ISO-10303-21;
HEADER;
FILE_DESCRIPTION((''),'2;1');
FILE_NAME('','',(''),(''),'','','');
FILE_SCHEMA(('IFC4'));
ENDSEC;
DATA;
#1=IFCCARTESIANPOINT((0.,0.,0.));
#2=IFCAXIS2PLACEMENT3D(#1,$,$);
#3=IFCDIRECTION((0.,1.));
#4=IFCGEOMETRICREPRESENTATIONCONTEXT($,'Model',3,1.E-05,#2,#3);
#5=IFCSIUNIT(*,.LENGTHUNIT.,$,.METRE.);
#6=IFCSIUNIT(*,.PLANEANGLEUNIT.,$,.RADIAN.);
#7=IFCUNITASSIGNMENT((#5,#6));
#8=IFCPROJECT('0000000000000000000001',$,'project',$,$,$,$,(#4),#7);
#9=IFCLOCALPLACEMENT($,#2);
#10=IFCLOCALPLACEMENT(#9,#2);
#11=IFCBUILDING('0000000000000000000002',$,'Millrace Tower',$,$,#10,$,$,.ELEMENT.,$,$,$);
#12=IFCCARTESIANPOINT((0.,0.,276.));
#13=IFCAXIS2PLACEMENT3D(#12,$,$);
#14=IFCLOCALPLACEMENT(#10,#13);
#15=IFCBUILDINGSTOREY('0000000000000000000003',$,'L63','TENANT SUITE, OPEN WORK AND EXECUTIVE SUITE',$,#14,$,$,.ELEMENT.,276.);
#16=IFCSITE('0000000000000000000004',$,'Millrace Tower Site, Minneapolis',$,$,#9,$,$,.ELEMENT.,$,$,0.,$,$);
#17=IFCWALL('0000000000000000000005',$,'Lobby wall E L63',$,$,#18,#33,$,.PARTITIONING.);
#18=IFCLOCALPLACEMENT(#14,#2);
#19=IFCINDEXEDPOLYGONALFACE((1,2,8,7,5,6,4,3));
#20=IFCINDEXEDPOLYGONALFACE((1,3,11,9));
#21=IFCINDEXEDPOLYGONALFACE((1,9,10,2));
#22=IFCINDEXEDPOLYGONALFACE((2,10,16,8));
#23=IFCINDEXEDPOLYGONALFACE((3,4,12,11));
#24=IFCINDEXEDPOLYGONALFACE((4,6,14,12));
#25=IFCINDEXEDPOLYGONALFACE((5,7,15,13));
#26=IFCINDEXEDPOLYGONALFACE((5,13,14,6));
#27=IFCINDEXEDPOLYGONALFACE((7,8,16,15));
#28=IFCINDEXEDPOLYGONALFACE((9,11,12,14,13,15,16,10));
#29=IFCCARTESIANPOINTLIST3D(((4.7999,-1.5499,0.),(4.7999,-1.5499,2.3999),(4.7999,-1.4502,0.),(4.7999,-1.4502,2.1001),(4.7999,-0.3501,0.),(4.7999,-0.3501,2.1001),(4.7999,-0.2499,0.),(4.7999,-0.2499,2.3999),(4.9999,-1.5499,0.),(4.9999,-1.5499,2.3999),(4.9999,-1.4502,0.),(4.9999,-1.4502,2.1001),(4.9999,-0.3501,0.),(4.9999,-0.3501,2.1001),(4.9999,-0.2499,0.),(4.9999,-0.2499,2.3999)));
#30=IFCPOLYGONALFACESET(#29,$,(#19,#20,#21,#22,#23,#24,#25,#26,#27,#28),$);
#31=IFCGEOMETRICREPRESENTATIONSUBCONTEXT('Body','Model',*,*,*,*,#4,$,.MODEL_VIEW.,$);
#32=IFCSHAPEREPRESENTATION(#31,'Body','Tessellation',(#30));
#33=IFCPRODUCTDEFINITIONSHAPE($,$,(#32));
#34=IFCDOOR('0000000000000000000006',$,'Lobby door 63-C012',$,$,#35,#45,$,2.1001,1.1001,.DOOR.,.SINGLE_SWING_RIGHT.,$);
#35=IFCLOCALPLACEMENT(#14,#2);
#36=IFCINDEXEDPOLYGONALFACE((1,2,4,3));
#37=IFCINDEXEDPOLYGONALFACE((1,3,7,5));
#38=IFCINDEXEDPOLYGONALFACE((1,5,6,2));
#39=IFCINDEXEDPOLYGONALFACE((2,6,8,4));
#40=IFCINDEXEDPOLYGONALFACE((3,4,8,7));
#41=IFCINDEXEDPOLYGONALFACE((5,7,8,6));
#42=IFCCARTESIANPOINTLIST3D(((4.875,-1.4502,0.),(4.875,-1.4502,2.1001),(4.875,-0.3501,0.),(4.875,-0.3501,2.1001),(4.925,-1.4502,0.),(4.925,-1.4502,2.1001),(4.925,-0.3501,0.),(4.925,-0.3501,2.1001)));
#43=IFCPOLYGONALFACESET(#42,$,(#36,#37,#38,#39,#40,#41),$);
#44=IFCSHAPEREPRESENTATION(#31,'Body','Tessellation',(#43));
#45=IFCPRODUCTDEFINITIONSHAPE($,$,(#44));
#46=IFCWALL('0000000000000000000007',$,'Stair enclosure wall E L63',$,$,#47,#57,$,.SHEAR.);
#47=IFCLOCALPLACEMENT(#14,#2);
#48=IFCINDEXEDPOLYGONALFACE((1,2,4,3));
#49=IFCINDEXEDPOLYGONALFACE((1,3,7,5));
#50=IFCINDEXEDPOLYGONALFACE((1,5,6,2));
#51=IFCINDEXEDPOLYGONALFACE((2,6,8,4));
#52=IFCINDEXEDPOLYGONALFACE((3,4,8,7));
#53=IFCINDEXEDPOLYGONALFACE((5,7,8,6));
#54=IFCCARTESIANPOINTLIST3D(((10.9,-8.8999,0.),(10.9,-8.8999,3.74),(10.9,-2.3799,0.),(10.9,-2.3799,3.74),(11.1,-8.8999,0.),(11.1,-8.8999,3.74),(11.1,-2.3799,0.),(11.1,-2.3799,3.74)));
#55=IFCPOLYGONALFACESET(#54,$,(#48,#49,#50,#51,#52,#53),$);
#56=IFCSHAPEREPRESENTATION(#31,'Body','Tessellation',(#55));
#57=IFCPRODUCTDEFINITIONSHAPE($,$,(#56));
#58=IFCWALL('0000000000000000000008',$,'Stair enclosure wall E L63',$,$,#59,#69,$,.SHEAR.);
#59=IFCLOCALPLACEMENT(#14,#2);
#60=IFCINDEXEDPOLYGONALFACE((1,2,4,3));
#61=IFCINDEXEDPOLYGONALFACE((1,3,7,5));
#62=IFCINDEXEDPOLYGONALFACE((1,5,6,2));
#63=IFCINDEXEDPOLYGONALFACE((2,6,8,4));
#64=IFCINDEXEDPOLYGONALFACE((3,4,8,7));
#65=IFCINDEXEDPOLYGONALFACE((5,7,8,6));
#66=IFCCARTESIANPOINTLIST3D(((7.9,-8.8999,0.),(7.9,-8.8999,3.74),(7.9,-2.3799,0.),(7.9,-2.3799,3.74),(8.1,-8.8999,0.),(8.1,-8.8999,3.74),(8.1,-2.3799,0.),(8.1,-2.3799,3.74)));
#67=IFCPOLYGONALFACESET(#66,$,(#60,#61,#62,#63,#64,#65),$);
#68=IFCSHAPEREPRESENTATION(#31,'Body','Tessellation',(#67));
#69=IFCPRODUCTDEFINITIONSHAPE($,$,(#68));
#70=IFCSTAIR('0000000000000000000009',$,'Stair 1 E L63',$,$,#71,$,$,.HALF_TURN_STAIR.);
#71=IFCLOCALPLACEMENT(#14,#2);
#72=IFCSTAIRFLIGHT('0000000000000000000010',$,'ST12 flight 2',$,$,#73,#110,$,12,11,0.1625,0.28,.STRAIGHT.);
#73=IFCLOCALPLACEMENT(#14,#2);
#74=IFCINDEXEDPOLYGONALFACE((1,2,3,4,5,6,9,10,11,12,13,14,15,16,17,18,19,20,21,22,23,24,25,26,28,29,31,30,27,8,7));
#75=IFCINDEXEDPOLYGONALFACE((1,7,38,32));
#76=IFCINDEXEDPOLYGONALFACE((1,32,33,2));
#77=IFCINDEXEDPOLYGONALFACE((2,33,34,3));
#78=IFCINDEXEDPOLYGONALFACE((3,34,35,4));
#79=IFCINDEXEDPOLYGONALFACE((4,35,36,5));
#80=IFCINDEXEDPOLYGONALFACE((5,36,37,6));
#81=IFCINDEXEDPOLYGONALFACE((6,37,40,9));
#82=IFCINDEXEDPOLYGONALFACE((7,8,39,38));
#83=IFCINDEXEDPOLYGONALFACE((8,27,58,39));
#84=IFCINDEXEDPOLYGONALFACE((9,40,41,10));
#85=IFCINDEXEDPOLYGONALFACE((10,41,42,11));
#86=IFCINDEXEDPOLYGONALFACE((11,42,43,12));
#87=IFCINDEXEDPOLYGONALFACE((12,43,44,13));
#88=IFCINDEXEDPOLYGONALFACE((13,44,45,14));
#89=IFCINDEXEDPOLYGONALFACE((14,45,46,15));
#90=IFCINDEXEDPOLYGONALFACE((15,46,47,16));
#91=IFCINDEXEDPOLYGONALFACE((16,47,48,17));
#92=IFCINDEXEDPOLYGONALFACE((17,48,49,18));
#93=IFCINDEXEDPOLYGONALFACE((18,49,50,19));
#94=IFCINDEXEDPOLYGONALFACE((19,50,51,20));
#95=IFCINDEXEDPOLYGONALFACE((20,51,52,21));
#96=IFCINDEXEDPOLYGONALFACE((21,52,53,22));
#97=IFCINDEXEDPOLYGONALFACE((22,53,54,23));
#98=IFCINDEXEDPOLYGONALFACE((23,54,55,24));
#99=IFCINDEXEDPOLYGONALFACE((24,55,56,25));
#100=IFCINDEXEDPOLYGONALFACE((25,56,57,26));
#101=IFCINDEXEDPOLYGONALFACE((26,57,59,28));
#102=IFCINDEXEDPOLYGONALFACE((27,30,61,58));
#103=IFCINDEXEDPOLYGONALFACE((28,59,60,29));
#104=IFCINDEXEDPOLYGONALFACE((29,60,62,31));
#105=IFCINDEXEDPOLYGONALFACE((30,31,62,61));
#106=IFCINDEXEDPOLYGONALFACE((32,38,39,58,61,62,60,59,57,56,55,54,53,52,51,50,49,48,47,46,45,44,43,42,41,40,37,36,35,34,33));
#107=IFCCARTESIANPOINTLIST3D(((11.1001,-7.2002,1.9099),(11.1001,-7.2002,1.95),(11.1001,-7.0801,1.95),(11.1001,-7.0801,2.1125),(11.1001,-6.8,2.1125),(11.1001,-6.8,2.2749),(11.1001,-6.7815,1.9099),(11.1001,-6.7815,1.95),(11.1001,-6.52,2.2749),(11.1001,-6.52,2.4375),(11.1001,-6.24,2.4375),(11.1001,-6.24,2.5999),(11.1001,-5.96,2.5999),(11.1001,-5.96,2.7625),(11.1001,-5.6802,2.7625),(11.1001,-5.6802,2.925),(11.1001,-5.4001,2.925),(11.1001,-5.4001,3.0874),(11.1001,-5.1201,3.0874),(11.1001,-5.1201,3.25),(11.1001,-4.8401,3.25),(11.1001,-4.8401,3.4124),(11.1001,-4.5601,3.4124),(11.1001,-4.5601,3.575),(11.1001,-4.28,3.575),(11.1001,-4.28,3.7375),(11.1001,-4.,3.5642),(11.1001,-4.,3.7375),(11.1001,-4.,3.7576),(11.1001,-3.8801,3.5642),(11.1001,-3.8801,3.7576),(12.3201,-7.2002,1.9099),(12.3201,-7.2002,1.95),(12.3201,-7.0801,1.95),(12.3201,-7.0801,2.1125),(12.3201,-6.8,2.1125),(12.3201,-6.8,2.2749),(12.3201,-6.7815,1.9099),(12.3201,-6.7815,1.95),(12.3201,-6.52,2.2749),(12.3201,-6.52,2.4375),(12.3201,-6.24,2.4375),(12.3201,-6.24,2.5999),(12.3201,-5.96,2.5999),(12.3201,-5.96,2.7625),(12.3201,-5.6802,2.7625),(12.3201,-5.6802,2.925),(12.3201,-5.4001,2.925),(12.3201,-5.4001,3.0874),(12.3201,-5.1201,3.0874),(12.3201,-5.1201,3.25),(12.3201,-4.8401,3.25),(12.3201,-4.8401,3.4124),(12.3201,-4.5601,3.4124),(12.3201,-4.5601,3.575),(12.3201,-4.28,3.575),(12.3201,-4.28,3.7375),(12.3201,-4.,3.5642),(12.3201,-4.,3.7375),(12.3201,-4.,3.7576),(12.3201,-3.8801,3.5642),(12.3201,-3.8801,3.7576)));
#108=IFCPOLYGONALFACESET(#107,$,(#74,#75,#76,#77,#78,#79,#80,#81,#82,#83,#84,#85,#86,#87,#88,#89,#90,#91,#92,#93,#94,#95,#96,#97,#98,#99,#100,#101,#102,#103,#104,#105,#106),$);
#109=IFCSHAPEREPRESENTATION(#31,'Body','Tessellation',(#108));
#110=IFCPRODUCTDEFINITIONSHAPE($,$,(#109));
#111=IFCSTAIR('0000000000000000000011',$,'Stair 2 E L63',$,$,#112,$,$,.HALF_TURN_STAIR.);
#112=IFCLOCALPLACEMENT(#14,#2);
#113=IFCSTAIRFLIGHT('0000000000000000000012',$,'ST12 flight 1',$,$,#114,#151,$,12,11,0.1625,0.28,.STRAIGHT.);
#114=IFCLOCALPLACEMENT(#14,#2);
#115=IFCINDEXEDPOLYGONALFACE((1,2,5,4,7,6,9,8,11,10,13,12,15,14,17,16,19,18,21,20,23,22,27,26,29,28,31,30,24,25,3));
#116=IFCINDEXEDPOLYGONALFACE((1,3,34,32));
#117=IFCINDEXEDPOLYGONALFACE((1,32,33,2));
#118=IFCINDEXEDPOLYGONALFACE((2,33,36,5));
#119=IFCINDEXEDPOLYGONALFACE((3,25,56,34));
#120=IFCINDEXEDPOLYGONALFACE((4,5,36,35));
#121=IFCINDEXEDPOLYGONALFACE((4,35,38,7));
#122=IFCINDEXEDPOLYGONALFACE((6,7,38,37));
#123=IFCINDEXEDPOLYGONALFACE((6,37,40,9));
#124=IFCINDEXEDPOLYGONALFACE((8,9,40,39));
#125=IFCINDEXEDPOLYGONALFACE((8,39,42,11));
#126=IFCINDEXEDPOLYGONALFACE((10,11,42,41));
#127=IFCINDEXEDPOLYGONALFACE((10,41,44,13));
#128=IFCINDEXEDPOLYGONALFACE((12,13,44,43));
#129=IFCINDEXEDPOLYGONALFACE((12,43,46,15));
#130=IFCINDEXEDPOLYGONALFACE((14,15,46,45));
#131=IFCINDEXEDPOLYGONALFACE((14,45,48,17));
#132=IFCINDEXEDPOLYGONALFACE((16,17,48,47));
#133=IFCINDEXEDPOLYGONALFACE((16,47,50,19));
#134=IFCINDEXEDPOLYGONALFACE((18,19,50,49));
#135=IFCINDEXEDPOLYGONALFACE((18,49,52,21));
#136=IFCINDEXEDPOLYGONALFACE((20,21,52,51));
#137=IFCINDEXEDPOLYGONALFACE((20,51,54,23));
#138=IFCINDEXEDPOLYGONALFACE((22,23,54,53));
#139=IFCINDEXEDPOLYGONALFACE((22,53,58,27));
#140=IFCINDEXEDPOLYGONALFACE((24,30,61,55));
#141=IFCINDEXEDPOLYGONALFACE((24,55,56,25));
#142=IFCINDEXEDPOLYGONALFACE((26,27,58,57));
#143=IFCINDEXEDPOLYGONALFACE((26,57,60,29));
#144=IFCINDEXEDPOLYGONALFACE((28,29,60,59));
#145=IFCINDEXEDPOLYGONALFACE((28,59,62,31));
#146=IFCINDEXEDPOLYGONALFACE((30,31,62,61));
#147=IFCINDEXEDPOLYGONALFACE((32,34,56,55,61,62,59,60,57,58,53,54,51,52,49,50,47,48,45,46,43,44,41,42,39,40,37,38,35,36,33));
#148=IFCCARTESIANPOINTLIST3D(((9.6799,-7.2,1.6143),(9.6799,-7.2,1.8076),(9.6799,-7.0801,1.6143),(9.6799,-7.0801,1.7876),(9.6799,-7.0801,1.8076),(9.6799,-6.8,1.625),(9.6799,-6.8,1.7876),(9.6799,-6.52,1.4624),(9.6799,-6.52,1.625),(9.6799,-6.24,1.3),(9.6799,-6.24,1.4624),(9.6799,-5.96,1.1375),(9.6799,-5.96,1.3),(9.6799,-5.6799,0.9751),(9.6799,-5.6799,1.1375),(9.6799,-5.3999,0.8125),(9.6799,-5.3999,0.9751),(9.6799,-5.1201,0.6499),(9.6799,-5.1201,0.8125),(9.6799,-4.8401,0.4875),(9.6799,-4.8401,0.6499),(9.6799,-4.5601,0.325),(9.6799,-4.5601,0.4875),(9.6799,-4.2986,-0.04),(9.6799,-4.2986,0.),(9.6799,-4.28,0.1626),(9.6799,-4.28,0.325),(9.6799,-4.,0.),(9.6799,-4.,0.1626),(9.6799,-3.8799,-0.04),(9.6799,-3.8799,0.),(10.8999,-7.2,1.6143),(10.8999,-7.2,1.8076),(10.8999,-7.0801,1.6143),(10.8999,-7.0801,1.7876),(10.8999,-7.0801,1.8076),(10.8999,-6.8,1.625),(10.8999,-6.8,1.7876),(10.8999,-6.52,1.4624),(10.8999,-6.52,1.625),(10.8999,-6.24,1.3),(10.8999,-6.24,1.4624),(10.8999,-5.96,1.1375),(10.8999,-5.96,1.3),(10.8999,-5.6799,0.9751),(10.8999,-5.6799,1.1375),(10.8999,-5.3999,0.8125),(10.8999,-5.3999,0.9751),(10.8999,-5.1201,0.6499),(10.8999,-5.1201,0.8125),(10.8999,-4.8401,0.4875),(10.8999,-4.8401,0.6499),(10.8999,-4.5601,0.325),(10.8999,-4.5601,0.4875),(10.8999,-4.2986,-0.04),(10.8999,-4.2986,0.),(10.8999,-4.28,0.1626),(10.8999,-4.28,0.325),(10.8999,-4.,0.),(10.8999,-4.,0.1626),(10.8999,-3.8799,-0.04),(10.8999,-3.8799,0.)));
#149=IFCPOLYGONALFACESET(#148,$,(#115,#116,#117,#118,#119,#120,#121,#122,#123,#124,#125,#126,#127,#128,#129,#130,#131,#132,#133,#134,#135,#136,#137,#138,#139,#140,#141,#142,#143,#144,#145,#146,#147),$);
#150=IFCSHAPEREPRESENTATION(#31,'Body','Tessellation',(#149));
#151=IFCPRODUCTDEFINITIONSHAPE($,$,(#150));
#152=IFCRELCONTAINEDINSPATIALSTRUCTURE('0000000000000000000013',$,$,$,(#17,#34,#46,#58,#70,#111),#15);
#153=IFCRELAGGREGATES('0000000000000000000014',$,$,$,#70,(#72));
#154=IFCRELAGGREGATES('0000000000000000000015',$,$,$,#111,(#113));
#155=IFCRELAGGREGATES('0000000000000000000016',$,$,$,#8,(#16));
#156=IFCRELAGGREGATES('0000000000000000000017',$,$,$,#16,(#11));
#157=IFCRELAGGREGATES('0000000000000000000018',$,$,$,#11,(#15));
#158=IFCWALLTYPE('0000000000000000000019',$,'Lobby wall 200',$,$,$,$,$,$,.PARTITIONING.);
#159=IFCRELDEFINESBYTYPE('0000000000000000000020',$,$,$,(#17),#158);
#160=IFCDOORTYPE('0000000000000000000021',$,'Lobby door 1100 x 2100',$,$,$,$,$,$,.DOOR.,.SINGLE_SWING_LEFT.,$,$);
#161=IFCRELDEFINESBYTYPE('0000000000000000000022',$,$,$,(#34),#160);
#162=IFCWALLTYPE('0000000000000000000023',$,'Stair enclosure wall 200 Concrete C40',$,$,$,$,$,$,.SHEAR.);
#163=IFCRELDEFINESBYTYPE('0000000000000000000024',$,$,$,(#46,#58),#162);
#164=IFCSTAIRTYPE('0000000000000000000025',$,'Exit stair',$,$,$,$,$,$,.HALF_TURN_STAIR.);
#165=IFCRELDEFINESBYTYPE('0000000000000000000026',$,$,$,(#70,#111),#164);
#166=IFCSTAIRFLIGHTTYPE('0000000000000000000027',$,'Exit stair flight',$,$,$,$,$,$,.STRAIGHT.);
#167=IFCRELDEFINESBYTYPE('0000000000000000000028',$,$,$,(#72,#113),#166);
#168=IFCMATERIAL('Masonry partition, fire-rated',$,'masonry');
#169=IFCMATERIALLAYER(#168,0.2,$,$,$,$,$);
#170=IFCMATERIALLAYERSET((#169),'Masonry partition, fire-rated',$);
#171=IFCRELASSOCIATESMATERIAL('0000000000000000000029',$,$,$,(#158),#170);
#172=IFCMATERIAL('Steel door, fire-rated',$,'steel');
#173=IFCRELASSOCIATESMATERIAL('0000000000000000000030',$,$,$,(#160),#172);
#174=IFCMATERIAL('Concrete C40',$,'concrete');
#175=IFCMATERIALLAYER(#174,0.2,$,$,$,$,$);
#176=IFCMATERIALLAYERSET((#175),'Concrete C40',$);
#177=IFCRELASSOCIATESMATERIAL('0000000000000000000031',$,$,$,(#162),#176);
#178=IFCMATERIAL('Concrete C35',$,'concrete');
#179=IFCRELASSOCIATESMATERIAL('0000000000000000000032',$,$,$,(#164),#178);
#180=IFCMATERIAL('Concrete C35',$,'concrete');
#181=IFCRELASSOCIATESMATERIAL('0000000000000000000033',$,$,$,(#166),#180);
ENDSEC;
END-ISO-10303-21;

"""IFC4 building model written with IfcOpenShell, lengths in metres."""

from ifc_helpers import new_model, si_unit, direction, frame, frame_2d, origin, place, context, subcontext, project, spatial, polyline, rectangle, outline, extrude, material, layer, layer_set, type_object, element, fill, aggregate, save


model = new_model("IFC4")

# Units and contexts
model_context = context("Model", 3, precision=1e-05, world=origin(), true_north=direction((0.0, 1.0)))
body_context = subcontext(model_context, "Body", "Model", "MODEL_VIEW")
ifc_project = project(units=[si_unit("LENGTHUNIT", "METRE"), si_unit("PLANEANGLEUNIT", "RADIAN")], contexts=[model_context])

# Site, building, storey
site_placement = place(None, origin())
site = spatial("IfcSite", under=ifc_project, at=site_placement, Name="Millrace Tower Site, Minneapolis", CompositionType="ELEMENT", RefElevation=0.0)
building_placement = place(site_placement, origin())
building = spatial("IfcBuilding", under=site, at=building_placement, Name="Millrace Tower", CompositionType="ELEMENT")
storey_placement = place(building_placement, frame((0.0, 0.0, 276.0)))
storey = spatial("IfcBuildingStorey", under=building, at=storey_placement, Name="L63", Description="TENANT SUITE, OPEN WORK AND EXECUTIVE SUITE", CompositionType="ELEMENT", Elevation=276.0)

# Shared definitions
placement = place(storey_placement, origin())

# Wall, opening, door
ifc_material_1 = material(Name="Masonry partition, fire-rated", Category="masonry")
ifc_layer_1 = layer(ifc_material_1, 0.2)
ifc_layer_set_1 = layer_set([ifc_layer_1], Name="Masonry partition, fire-rated")
wall_type_1 = type_object("IfcWallType", Name="Lobby wall 200", PredefinedType="PARTITIONING", material=ifc_layer_set_1)
wall_1_placement = place(storey_placement, frame((4.8999, -0.25, 0.0), z_axis=(0.0, 0.0, 1.0), x_axis=(0.0, -1.0, 0.0)))
wall_1 = element("IfcWall", 1, at=wall_1_placement, inside=storey, type_object=wall_type_1, Name="Lobby wall E L63", PredefinedType="PARTITIONING", context=body_context, shape_type="SweptSolid", body=[
    extrude(rectangle(XDim=1.3, YDim=0.2, at=frame_2d((0.6499, 0.0))), origin(), (0.0, 0.0, 1.0), 2.3999),
])
opening_placement = place(wall_1_placement, frame((0.1001, 0.0, 0.0)))
opening = element("IfcOpeningElement", 2, at=opening_placement, cuts=wall_1, PredefinedType="OPENING", context=body_context, shape_type="SweptSolid", body=[
    extrude(rectangle(XDim=1.1001, YDim=2.1001, at=frame_2d((0.55, 1.05))), frame((0.0, 0.1099, 0.0), z_axis=(0.0, -1.0, 0.0), x_axis=(1.0, 0.0, 0.0)), (0.0, 0.0, 1.0), 0.22),
])
ifc_material_2 = material(Name="Steel door, fire-rated", Category="steel")
door_type = type_object("IfcDoorType", Name="Lobby door 1100 x 2100", OperationType="SINGLE_SWING_LEFT", PredefinedType="DOOR", material=ifc_material_2)
door_placement = place(opening_placement, frame((1.1001, 0.0, 0.0), z_axis=(0.0, 0.0, 1.0), x_axis=(-1.0, 0.0, 0.0)))
door = element("IfcDoor", 3, at=door_placement, inside=storey, type_object=door_type, Name="Lobby door 63-C012", OperationType="SINGLE_SWING_RIGHT", OverallHeight=2.1001, OverallWidth=1.1001, PredefinedType="DOOR", context=body_context, shape_type="SweptSolid", body=[
    extrude(rectangle(XDim=1.1001, YDim=2.1001, at=frame_2d((0.55, 1.05))), frame((0.0, 0.0249, 0.0), z_axis=(0.0, -1.0, 0.0), x_axis=(1.0, 0.0, 0.0)), (0.0, 0.0, 1.0), 0.05),
])
fill(opening, door)

# Walls
ifc_material_3 = material(Name="Concrete C40", Category="concrete")
ifc_layer_2 = layer(ifc_material_3, 0.2)
ifc_layer_set_2 = layer_set([ifc_layer_2], Name="Concrete C40")
wall_type_2 = type_object("IfcWallType", Name="Stair enclosure wall 200 Concrete C40", PredefinedType="SHEAR", material=ifc_layer_set_2)
for number, where, z_axis, x_axis, name in (
    (4, (11.0, -2.3799, 0.0), (0.0, 0.0, 1.0), (0.0, -1.0, 0.0), "Stair enclosure wall E L63"),
    (5, (8.0, -2.3799, 0.0), (0.0, 0.0, 1.0), (0.0, -1.0, 0.0), "Stair enclosure wall E L63"),
):
    element("IfcWall", number, at=place(storey_placement, frame(where, z_axis=z_axis, x_axis=x_axis)), inside=storey, type_object=wall_type_2, Name=name, PredefinedType="SHEAR", context=body_context, shape_type="SweptSolid", body=[
        extrude(rectangle(XDim=6.52, YDim=0.2, at=frame_2d((3.26, 0.0))), origin(), (0.0, 0.0, 1.0), 3.74),
    ])

# Stair, stair flight
ifc_material_4 = material(Name="Concrete C35", Category="concrete")
stair_type = type_object("IfcStairType", Name="Exit stair", PredefinedType="HALF_TURN_STAIR", material=ifc_material_4)
stair_1 = element("IfcStair", 6, at=placement, inside=storey, type_object=stair_type, Name="Stair 1 E L63", PredefinedType="HALF_TURN_STAIR")
ifc_material_5 = material(Name="Concrete C35", Category="concrete")
stair_flight_type = type_object("IfcStairFlightType", Name="Exit stair flight", PredefinedType="STRAIGHT", material=ifc_material_5)
stair_flight_1_placement = place(storey_placement, frame((11.71, -7.0801, 1.95), z_axis=(0.0, 0.0, 1.0), x_axis=(0.0, 1.0, 0.0)))
stair_flight_1 = element("IfcStairFlight", 7, at=stair_flight_1_placement, type_object=stair_flight_type, Name="ST12 flight 2", NumberOfRisers=12, NumberOfTreads=11, PredefinedType="STRAIGHT", RiserHeight=0.1625, TreadLength=0.28, context=body_context, shape_type="SweptSolid", body=[
    extrude(outline(polyline([(-0.1201, -0.04), (-0.1201, 0.0), (0.0, 0.0), (0.0, 0.1626), (0.28, 0.1626), (0.28, 0.325), (0.5601, 0.325), (0.5601, 0.4875), (0.8401, 0.4875), (0.8401, 0.6499), (1.1201, 0.6499), (1.1201, 0.8125), (1.3999, 0.8125), (1.3999, 0.9751), (1.6799, 0.9751), (1.6799, 1.1375), (1.96, 1.1375), (1.96, 1.3), (2.24, 1.3), (2.24, 1.4624), (2.52, 1.4624), (2.52, 1.625), (2.8, 1.625), (2.8, 1.7876), (3.0801, 1.7876), (3.0801, 1.8076), (3.2, 1.8076), (3.2, 1.6143), (3.0801, 1.6143), (0.2986, 0.0), (0.2986, -0.04), (-0.1201, -0.04)])), frame((0.0, 0.6099, 0.0), z_axis=(0.0, -1.0, 0.0), x_axis=(1.0, 0.0, 0.0)), (0.0, 0.0, 1.0), 1.22),
])
aggregate(stair_1, [stair_flight_1])

# Stair, stair flight
stair_2 = element("IfcStair", 8, at=placement, inside=storey, type_object=stair_type, Name="Stair 2 E L63", PredefinedType="HALF_TURN_STAIR")
stair_flight_2_placement = place(storey_placement, frame((10.29, -4.0, 0.0), z_axis=(0.0, 0.0, 1.0), x_axis=(0.0, -1.0, 0.0)))
stair_flight_2 = element("IfcStairFlight", 9, at=stair_flight_2_placement, type_object=stair_flight_type, Name="ST12 flight 1", NumberOfRisers=12, NumberOfTreads=11, PredefinedType="STRAIGHT", RiserHeight=0.1625, TreadLength=0.28, context=body_context, shape_type="SweptSolid", body=[
    extrude(outline(polyline([(-0.1201, -0.04), (-0.1201, 0.0), (0.0, 0.0), (0.0, 0.1626), (0.28, 0.1626), (0.28, 0.325), (0.5601, 0.325), (0.5601, 0.4875), (0.8401, 0.4875), (0.8401, 0.6499), (1.1201, 0.6499), (1.1201, 0.8125), (1.3999, 0.8125), (1.3999, 0.9751), (1.6799, 0.9751), (1.6799, 1.1375), (1.96, 1.1375), (1.96, 1.3), (2.24, 1.3), (2.24, 1.4624), (2.52, 1.4624), (2.52, 1.625), (2.8, 1.625), (2.8, 1.7876), (3.0801, 1.7876), (3.0801, 1.8076), (3.2, 1.8076), (3.2, 1.6143), (3.0801, 1.6143), (0.2986, 0.0), (0.2986, -0.04), (-0.1201, -0.04)])), frame((0.0, 0.6099, 0.0), z_axis=(0.0, -1.0, 0.0), x_axis=(1.0, 0.0, 0.0)), (0.0, 0.0, 1.0), 1.22),
])
aggregate(stair_2, [stair_flight_2])

save(model, "model.ifc")
